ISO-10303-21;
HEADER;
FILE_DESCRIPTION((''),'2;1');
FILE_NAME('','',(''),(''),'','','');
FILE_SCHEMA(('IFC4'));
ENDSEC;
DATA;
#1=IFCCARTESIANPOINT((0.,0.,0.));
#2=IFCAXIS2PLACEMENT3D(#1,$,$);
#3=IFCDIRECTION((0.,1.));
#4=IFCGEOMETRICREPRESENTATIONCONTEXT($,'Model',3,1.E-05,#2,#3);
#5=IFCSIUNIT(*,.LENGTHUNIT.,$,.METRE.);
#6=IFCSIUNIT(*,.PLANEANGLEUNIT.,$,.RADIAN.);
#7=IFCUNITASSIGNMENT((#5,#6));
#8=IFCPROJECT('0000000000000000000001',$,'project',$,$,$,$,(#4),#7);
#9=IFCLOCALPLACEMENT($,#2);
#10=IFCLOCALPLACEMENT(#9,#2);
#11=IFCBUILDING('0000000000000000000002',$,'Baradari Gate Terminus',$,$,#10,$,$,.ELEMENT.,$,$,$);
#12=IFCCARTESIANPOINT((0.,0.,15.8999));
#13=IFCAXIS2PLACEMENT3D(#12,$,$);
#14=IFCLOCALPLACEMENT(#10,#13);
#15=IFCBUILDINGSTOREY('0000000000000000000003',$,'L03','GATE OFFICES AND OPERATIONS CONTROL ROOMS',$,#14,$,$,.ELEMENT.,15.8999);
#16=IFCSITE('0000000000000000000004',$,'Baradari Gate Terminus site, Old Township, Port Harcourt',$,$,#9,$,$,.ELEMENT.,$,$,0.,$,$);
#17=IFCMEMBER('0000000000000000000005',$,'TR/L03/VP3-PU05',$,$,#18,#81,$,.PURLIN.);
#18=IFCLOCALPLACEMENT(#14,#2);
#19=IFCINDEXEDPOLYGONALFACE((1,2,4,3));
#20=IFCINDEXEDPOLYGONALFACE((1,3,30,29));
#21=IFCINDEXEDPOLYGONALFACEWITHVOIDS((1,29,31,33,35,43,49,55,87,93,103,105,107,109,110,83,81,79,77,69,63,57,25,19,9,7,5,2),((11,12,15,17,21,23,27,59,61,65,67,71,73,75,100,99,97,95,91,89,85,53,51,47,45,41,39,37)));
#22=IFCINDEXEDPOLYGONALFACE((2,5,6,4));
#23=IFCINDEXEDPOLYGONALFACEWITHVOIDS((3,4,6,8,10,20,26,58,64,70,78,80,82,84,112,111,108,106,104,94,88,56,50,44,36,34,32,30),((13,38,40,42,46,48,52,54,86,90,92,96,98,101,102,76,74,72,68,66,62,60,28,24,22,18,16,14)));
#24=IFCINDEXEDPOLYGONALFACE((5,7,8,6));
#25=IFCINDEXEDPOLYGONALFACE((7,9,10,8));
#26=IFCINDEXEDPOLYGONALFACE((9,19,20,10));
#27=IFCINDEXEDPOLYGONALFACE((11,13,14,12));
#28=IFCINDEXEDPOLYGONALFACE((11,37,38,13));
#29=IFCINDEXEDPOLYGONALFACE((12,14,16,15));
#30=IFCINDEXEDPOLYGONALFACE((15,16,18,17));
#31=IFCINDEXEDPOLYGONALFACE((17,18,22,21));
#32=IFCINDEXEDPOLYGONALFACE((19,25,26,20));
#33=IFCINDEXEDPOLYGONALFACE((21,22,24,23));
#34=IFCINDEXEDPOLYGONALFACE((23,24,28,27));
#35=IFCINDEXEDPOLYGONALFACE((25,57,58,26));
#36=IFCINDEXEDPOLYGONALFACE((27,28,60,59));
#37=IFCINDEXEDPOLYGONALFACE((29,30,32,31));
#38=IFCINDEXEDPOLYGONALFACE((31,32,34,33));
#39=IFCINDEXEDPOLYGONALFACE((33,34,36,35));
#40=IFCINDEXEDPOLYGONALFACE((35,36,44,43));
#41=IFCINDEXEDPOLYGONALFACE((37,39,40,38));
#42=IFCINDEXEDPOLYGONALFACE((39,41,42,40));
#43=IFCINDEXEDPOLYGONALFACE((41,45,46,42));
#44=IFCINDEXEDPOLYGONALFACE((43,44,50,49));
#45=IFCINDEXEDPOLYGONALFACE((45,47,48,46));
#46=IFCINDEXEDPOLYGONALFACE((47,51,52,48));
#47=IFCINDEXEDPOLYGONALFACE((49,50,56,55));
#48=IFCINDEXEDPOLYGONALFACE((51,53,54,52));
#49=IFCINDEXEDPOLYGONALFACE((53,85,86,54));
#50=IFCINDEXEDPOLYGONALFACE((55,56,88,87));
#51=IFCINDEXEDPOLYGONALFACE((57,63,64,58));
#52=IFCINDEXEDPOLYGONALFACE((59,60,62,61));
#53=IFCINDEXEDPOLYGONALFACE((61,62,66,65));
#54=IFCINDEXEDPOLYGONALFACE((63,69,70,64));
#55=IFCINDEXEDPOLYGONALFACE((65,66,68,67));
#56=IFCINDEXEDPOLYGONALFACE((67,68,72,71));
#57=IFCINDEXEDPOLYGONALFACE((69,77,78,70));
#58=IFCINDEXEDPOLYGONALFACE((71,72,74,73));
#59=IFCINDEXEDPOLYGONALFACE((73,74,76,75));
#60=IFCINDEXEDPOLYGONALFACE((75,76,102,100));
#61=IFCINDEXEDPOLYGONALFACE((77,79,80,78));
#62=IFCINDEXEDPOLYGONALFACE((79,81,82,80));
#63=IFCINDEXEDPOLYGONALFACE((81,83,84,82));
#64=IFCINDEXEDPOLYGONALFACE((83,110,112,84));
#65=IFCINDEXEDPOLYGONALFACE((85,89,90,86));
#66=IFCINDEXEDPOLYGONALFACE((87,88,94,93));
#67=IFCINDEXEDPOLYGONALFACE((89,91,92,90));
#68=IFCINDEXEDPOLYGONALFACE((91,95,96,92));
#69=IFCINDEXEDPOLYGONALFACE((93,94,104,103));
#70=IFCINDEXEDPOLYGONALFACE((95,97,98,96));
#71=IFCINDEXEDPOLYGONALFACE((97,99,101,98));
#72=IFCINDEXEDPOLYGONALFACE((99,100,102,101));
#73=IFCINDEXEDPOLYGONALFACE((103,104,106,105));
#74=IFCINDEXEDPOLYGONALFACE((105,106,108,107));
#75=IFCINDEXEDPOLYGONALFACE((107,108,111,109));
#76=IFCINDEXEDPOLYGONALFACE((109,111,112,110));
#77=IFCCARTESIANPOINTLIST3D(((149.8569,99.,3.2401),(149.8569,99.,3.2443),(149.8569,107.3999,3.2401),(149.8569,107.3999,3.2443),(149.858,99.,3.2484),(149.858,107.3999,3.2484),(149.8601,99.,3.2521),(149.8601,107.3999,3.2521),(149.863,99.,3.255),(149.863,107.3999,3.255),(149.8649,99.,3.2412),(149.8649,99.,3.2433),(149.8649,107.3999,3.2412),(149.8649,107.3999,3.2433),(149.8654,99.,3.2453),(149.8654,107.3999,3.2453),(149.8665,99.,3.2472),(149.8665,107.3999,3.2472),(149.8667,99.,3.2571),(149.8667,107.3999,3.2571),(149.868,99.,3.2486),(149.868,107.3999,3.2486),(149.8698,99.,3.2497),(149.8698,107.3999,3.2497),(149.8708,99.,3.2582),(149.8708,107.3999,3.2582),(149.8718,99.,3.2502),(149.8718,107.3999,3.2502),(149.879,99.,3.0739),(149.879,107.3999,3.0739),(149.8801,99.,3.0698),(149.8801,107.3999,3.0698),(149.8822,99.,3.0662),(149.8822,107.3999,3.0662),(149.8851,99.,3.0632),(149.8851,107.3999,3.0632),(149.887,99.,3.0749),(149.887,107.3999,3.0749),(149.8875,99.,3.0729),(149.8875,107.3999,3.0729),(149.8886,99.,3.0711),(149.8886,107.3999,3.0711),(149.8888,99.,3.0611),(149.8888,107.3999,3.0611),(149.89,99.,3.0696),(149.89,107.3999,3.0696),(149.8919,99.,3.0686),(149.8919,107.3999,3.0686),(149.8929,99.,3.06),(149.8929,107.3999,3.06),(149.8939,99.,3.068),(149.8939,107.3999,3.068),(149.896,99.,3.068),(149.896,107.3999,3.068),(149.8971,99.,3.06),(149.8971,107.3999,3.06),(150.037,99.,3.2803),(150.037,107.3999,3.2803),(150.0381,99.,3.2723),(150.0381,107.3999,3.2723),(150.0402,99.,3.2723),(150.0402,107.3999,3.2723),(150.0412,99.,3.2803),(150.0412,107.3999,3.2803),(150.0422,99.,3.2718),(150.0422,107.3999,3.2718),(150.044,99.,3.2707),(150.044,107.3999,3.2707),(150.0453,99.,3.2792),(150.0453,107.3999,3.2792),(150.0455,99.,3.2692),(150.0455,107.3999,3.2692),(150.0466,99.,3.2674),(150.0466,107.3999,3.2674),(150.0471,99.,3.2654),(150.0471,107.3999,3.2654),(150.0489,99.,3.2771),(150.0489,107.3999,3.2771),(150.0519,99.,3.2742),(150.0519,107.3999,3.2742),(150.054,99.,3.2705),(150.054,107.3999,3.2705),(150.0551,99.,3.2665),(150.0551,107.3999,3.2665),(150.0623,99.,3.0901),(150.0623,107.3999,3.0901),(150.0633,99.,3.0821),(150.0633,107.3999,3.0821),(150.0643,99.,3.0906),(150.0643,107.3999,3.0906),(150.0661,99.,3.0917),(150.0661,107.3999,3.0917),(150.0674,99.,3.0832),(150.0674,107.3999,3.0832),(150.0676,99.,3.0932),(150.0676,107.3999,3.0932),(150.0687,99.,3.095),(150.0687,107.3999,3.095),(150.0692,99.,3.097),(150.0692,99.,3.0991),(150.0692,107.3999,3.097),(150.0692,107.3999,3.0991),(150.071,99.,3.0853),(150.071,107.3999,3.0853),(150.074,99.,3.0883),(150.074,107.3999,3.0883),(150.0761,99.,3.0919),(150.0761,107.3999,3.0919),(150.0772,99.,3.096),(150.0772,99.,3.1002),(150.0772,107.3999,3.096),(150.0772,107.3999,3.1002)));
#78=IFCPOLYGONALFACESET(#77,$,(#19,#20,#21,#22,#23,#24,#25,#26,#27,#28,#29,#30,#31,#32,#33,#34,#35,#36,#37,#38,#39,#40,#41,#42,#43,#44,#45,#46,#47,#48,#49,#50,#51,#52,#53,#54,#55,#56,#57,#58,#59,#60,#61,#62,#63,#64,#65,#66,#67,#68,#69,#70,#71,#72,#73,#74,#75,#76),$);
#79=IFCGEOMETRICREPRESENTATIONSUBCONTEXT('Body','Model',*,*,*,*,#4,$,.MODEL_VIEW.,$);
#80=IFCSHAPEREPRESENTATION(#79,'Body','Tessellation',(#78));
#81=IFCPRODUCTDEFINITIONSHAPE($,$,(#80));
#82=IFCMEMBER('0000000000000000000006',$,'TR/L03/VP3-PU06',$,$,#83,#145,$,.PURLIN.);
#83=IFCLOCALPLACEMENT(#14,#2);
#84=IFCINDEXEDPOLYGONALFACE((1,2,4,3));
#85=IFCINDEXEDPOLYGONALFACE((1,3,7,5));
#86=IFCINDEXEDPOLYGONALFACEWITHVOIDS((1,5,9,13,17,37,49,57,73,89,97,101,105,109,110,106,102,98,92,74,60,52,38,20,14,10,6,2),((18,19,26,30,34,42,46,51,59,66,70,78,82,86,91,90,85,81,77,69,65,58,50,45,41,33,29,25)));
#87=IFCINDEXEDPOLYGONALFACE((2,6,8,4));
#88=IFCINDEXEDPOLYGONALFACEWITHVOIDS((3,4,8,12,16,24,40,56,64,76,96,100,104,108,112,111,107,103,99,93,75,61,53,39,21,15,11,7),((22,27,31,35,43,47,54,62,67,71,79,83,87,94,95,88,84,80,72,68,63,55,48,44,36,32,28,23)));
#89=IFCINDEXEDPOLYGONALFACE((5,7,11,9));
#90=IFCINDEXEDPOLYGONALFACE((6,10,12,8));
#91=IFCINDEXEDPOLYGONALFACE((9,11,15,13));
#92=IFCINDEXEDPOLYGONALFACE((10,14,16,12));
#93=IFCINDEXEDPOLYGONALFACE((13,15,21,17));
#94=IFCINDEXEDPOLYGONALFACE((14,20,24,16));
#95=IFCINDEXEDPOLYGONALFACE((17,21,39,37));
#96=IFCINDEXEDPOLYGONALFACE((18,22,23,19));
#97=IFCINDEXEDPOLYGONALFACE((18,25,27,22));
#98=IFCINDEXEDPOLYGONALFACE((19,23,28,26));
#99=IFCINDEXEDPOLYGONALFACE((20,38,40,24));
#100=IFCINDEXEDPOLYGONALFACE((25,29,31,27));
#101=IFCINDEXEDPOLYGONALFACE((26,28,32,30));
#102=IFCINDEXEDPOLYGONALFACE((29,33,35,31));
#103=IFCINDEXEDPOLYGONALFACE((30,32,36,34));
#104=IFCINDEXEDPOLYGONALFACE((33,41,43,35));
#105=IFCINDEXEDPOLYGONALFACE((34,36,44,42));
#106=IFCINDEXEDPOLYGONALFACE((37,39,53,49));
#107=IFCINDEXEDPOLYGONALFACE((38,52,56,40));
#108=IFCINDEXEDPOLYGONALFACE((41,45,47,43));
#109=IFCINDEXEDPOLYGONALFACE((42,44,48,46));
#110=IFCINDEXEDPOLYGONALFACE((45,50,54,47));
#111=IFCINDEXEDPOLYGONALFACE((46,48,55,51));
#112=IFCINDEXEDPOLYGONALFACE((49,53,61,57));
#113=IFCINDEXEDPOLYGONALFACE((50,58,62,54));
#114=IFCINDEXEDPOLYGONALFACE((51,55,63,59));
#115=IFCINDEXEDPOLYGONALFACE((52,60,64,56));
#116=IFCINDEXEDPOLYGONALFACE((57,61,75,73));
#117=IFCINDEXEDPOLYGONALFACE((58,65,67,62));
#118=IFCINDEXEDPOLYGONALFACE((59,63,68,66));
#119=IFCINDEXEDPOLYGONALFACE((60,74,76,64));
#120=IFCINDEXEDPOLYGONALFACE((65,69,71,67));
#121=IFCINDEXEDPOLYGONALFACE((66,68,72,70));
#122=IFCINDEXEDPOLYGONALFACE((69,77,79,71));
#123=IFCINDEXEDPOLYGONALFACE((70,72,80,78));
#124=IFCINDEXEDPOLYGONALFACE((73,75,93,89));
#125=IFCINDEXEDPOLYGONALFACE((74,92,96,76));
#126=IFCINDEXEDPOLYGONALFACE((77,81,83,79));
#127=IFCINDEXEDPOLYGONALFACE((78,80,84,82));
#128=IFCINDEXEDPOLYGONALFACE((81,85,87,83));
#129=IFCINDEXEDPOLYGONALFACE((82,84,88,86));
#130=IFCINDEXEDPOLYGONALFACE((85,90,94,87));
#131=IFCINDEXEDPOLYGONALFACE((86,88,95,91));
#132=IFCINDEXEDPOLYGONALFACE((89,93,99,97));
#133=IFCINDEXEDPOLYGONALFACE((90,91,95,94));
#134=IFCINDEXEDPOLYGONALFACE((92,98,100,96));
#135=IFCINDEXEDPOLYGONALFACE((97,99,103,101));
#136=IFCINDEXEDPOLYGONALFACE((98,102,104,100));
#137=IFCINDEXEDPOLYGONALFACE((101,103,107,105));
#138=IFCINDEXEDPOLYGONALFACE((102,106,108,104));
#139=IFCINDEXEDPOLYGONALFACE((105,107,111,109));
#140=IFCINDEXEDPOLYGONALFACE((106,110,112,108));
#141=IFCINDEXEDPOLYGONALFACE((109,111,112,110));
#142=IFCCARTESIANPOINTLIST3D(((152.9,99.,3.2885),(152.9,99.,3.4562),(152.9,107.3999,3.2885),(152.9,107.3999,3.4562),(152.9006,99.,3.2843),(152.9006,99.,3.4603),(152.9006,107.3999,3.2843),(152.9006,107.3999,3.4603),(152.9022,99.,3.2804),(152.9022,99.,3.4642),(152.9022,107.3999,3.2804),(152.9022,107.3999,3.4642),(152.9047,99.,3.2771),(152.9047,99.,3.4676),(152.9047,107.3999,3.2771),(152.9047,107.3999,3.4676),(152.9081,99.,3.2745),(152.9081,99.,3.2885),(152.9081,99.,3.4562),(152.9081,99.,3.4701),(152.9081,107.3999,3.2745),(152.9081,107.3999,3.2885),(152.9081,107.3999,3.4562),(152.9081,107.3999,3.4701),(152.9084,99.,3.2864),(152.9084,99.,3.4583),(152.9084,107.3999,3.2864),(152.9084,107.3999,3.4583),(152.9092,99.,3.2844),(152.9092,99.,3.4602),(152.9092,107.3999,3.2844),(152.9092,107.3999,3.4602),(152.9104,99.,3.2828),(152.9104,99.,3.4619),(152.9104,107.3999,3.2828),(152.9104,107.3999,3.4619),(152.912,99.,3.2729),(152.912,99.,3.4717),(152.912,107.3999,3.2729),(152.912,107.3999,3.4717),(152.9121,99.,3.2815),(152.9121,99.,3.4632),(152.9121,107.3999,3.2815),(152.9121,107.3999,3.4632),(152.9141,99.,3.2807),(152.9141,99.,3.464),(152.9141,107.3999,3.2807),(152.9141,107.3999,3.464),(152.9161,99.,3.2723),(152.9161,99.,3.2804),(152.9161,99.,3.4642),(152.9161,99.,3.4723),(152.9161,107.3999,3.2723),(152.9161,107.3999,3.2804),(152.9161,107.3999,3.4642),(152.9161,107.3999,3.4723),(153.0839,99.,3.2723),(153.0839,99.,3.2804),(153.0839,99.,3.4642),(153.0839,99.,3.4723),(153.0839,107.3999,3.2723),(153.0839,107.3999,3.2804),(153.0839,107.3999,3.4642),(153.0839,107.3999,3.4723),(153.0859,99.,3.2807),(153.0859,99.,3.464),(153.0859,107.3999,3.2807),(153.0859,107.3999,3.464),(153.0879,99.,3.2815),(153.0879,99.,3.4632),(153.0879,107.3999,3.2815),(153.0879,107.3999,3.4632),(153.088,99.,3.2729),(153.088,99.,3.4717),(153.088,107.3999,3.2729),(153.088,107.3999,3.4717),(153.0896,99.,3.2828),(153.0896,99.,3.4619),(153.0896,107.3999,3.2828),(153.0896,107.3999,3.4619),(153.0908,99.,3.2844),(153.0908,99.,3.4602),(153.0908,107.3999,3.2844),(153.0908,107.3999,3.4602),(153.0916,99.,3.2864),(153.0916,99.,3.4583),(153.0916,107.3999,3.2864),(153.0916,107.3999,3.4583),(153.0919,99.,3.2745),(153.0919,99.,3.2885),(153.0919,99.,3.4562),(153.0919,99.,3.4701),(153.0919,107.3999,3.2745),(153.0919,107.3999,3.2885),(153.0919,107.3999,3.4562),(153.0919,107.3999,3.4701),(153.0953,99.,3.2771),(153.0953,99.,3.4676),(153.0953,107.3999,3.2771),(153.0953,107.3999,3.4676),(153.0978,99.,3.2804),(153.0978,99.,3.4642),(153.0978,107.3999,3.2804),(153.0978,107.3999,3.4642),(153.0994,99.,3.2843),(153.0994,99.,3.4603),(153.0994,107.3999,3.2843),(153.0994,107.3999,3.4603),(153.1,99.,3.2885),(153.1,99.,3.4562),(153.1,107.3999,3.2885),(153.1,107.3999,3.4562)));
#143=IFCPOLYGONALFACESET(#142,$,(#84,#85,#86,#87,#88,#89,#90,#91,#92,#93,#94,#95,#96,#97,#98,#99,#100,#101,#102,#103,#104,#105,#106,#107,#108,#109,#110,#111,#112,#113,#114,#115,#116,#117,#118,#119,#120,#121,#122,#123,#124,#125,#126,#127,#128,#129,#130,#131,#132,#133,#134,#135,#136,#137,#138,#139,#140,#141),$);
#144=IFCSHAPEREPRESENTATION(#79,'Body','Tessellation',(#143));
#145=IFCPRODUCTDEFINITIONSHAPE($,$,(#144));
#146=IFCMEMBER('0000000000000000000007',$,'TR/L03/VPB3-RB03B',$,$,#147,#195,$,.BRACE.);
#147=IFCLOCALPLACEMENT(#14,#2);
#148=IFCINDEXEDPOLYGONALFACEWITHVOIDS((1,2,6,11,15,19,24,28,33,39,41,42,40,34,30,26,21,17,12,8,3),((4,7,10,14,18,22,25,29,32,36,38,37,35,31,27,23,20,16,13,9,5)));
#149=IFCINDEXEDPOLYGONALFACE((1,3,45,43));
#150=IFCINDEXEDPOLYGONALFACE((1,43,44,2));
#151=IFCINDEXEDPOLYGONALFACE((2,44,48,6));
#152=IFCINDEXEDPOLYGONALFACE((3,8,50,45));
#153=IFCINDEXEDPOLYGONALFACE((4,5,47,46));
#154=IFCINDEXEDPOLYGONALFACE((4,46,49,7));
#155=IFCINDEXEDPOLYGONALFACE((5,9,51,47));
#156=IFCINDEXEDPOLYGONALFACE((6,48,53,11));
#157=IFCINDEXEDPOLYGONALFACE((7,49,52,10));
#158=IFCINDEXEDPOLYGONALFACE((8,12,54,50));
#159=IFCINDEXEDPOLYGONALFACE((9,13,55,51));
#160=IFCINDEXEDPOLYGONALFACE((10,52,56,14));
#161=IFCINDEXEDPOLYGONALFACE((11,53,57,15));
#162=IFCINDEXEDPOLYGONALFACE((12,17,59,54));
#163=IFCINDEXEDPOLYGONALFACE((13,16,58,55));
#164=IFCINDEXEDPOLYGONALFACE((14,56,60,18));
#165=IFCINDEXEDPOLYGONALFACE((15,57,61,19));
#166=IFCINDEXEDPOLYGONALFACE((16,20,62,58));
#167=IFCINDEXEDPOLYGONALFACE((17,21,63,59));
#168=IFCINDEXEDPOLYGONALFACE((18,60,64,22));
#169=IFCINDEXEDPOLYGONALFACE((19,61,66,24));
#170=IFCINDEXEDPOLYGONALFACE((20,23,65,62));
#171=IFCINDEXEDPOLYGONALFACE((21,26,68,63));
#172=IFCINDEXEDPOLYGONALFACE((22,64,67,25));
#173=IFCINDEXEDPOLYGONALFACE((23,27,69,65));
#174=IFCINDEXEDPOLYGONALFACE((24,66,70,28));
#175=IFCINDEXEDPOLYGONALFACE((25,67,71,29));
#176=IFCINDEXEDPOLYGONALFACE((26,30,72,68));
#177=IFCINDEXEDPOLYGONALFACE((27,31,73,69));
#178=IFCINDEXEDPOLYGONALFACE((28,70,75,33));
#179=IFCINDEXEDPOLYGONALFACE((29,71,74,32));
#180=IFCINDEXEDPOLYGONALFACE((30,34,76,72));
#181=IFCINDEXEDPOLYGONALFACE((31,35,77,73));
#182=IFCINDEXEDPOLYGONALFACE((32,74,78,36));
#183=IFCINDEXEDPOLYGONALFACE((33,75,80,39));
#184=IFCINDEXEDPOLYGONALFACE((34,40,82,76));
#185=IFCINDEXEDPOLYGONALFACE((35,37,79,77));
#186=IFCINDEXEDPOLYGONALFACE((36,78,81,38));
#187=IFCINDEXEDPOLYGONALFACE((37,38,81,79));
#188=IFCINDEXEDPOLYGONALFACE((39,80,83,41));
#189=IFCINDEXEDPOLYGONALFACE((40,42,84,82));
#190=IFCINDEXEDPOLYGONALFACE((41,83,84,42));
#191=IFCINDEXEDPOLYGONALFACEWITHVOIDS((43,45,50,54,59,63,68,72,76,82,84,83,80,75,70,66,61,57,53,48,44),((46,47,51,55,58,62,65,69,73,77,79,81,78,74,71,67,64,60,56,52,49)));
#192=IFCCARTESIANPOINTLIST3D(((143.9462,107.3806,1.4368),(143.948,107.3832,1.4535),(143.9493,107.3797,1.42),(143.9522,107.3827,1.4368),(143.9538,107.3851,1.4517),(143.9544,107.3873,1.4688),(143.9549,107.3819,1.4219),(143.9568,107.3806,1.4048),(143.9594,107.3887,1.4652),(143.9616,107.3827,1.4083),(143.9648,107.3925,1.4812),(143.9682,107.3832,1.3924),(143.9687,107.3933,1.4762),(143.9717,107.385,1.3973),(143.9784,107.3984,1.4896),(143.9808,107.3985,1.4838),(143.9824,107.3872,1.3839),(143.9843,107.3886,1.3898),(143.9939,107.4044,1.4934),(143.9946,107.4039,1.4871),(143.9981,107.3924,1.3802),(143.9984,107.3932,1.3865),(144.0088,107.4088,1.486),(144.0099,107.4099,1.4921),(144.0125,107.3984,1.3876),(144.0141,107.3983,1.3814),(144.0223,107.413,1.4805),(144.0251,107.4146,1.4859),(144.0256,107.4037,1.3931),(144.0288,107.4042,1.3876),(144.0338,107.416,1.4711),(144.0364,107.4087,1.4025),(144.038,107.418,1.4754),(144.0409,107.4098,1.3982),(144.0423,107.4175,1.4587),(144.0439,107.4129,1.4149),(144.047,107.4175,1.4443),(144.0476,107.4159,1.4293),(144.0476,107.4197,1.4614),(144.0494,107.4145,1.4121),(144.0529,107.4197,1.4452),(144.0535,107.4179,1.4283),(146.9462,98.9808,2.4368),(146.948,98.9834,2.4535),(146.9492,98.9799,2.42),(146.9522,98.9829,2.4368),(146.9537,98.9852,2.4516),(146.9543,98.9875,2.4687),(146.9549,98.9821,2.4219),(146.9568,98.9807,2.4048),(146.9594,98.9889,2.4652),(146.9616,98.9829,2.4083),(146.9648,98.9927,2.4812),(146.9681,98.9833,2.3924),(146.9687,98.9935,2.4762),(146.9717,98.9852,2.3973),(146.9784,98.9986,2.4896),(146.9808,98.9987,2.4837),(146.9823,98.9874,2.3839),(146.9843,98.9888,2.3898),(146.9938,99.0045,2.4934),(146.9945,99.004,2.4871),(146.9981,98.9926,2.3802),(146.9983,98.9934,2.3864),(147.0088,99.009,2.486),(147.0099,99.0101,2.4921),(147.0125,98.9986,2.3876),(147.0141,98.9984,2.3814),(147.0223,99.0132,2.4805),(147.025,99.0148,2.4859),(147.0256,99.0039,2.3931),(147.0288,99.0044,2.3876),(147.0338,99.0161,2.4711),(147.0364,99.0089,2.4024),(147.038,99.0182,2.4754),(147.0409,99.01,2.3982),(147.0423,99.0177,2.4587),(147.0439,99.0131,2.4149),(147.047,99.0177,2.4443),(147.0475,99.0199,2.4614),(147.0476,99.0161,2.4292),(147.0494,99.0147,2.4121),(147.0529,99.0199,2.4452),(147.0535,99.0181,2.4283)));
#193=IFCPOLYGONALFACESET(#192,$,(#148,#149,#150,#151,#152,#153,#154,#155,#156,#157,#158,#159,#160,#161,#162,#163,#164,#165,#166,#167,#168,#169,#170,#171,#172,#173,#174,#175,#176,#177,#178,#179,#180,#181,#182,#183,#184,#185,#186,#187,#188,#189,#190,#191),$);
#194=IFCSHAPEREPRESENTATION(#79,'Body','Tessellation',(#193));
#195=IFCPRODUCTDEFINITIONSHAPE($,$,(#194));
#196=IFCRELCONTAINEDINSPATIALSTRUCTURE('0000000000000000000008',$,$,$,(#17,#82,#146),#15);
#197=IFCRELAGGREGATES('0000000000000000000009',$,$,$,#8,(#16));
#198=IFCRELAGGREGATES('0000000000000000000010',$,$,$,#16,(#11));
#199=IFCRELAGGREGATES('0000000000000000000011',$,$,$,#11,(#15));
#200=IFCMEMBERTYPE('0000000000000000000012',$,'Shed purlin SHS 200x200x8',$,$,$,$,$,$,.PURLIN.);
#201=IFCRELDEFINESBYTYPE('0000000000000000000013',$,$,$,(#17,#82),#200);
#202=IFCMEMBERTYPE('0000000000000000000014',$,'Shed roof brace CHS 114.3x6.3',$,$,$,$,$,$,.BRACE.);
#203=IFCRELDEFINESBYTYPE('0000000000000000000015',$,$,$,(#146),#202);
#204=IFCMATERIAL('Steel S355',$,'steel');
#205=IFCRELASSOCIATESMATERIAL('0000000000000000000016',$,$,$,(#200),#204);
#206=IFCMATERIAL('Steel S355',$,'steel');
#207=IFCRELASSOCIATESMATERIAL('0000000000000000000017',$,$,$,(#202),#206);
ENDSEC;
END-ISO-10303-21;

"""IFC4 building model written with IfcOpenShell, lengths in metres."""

from ifc_helpers import new_model, si_unit, direction, frame, origin, origin_2d, place, context, subcontext, project, spatial, hollow_rectangle, hollow_circle, extrude, material, material_profile, profile_set, type_object, element, save


model = new_model("IFC4")

# Units and contexts
model_context = context("Model", 3, precision=1e-05, world=origin(), true_north=direction((0.0, 1.0)))
body_context = subcontext(model_context, "Body", "Model", "MODEL_VIEW")
ifc_project = project(units=[si_unit("LENGTHUNIT", "METRE"), si_unit("PLANEANGLEUNIT", "RADIAN")], contexts=[model_context])

# Site, building, storey
site_placement = place(None, origin())
site = spatial("IfcSite", under=ifc_project, at=site_placement, Name="Baradari Gate Terminus site, Old Township, Port Harcourt", CompositionType="ELEMENT", RefElevation=0.0)
building_placement = place(site_placement, origin())
building = spatial("IfcBuilding", under=site, at=building_placement, Name="Baradari Gate Terminus", CompositionType="ELEMENT")
storey_placement = place(building_placement, frame((0.0, 0.0, 15.8999)))
storey = spatial("IfcBuildingStorey", under=building, at=storey_placement, Name="L03", Description="GATE OFFICES AND OPERATIONS CONTROL ROOMS", CompositionType="ELEMENT", Elevation=15.8999)

# Members
ifc_material_1 = material(Name="Steel S355", Category="steel")
ifc_material_profile_1 = material_profile(ifc_material_1, hollow_rectangle(XDim=0.2, YDim=0.2, WallThickness=0.0081, InnerFilletRadius=0.0081, OuterFilletRadius=0.0161, at=origin_2d()), Name="SHS 200x200x8")
ifc_profile_set_1 = profile_set([ifc_material_profile_1], Name="Steel S355")
member_type_1 = type_object("IfcMemberType", Name="Shed purlin SHS 200x200x8", PredefinedType="PURLIN", material=ifc_profile_set_1)
for number, where, z_axis, x_axis, name in (
    (1, (149.967, 99.0, 3.1702), (0.0, 1.0, 0.0), (-0.991303, 0.0, -0.131599), "TR/L03/VP3-PU05"),
    (2, (153.0, 99.0, 3.3723), (0.0, 1.0, 0.0), (-1.0, 0.0, 0.0), "TR/L03/VP3-PU06"),
):
    element("IfcMember", number, at=place(storey_placement, frame(where, z_axis=z_axis, x_axis=x_axis)), inside=storey, type_object=member_type_1, Name=name, PredefinedType="PURLIN", context=body_context, shape_type="SweptSolid", body=[
        extrude(hollow_rectangle(XDim=0.2, YDim=0.2, WallThickness=0.0081, InnerFilletRadius=0.0081, OuterFilletRadius=0.0161, at=origin_2d()), origin(), (0.0, 0.0, 1.0), 8.3999),
    ])
ifc_material_2 = material(Name="Steel S355", Category="steel")
ifc_material_profile_2 = material_profile(ifc_material_2, hollow_circle(Radius=0.0571, WallThickness=0.0063, at=origin_2d()), Name="CHS 114.3x6.3")
ifc_profile_set_2 = profile_set([ifc_material_profile_2], Name="Steel S355")
member_type_2 = type_object("IfcMemberType", Name="Shed roof brace CHS 114.3x6.3", PredefinedType="BRACE", material=ifc_profile_set_2)
member_1_placement = place(storey_placement, frame((147.0, 99.0, 2.4368), z_axis=(-0.334246, 0.935877, -0.111415), x_axis=(-0.941741, -0.33634, 0.0)))
element("IfcMember", 3, at=member_1_placement, inside=storey, type_object=member_type_2, Name="TR/L03/VPB3-RB03B", PredefinedType="BRACE", context=body_context, shape_type="SweptSolid", body=[
    extrude(hollow_circle(Radius=0.0571, WallThickness=0.0063, at=origin_2d()), origin(), (0.0, 0.0, 1.0), 8.9753),
])

save(model, "model.ifc")
